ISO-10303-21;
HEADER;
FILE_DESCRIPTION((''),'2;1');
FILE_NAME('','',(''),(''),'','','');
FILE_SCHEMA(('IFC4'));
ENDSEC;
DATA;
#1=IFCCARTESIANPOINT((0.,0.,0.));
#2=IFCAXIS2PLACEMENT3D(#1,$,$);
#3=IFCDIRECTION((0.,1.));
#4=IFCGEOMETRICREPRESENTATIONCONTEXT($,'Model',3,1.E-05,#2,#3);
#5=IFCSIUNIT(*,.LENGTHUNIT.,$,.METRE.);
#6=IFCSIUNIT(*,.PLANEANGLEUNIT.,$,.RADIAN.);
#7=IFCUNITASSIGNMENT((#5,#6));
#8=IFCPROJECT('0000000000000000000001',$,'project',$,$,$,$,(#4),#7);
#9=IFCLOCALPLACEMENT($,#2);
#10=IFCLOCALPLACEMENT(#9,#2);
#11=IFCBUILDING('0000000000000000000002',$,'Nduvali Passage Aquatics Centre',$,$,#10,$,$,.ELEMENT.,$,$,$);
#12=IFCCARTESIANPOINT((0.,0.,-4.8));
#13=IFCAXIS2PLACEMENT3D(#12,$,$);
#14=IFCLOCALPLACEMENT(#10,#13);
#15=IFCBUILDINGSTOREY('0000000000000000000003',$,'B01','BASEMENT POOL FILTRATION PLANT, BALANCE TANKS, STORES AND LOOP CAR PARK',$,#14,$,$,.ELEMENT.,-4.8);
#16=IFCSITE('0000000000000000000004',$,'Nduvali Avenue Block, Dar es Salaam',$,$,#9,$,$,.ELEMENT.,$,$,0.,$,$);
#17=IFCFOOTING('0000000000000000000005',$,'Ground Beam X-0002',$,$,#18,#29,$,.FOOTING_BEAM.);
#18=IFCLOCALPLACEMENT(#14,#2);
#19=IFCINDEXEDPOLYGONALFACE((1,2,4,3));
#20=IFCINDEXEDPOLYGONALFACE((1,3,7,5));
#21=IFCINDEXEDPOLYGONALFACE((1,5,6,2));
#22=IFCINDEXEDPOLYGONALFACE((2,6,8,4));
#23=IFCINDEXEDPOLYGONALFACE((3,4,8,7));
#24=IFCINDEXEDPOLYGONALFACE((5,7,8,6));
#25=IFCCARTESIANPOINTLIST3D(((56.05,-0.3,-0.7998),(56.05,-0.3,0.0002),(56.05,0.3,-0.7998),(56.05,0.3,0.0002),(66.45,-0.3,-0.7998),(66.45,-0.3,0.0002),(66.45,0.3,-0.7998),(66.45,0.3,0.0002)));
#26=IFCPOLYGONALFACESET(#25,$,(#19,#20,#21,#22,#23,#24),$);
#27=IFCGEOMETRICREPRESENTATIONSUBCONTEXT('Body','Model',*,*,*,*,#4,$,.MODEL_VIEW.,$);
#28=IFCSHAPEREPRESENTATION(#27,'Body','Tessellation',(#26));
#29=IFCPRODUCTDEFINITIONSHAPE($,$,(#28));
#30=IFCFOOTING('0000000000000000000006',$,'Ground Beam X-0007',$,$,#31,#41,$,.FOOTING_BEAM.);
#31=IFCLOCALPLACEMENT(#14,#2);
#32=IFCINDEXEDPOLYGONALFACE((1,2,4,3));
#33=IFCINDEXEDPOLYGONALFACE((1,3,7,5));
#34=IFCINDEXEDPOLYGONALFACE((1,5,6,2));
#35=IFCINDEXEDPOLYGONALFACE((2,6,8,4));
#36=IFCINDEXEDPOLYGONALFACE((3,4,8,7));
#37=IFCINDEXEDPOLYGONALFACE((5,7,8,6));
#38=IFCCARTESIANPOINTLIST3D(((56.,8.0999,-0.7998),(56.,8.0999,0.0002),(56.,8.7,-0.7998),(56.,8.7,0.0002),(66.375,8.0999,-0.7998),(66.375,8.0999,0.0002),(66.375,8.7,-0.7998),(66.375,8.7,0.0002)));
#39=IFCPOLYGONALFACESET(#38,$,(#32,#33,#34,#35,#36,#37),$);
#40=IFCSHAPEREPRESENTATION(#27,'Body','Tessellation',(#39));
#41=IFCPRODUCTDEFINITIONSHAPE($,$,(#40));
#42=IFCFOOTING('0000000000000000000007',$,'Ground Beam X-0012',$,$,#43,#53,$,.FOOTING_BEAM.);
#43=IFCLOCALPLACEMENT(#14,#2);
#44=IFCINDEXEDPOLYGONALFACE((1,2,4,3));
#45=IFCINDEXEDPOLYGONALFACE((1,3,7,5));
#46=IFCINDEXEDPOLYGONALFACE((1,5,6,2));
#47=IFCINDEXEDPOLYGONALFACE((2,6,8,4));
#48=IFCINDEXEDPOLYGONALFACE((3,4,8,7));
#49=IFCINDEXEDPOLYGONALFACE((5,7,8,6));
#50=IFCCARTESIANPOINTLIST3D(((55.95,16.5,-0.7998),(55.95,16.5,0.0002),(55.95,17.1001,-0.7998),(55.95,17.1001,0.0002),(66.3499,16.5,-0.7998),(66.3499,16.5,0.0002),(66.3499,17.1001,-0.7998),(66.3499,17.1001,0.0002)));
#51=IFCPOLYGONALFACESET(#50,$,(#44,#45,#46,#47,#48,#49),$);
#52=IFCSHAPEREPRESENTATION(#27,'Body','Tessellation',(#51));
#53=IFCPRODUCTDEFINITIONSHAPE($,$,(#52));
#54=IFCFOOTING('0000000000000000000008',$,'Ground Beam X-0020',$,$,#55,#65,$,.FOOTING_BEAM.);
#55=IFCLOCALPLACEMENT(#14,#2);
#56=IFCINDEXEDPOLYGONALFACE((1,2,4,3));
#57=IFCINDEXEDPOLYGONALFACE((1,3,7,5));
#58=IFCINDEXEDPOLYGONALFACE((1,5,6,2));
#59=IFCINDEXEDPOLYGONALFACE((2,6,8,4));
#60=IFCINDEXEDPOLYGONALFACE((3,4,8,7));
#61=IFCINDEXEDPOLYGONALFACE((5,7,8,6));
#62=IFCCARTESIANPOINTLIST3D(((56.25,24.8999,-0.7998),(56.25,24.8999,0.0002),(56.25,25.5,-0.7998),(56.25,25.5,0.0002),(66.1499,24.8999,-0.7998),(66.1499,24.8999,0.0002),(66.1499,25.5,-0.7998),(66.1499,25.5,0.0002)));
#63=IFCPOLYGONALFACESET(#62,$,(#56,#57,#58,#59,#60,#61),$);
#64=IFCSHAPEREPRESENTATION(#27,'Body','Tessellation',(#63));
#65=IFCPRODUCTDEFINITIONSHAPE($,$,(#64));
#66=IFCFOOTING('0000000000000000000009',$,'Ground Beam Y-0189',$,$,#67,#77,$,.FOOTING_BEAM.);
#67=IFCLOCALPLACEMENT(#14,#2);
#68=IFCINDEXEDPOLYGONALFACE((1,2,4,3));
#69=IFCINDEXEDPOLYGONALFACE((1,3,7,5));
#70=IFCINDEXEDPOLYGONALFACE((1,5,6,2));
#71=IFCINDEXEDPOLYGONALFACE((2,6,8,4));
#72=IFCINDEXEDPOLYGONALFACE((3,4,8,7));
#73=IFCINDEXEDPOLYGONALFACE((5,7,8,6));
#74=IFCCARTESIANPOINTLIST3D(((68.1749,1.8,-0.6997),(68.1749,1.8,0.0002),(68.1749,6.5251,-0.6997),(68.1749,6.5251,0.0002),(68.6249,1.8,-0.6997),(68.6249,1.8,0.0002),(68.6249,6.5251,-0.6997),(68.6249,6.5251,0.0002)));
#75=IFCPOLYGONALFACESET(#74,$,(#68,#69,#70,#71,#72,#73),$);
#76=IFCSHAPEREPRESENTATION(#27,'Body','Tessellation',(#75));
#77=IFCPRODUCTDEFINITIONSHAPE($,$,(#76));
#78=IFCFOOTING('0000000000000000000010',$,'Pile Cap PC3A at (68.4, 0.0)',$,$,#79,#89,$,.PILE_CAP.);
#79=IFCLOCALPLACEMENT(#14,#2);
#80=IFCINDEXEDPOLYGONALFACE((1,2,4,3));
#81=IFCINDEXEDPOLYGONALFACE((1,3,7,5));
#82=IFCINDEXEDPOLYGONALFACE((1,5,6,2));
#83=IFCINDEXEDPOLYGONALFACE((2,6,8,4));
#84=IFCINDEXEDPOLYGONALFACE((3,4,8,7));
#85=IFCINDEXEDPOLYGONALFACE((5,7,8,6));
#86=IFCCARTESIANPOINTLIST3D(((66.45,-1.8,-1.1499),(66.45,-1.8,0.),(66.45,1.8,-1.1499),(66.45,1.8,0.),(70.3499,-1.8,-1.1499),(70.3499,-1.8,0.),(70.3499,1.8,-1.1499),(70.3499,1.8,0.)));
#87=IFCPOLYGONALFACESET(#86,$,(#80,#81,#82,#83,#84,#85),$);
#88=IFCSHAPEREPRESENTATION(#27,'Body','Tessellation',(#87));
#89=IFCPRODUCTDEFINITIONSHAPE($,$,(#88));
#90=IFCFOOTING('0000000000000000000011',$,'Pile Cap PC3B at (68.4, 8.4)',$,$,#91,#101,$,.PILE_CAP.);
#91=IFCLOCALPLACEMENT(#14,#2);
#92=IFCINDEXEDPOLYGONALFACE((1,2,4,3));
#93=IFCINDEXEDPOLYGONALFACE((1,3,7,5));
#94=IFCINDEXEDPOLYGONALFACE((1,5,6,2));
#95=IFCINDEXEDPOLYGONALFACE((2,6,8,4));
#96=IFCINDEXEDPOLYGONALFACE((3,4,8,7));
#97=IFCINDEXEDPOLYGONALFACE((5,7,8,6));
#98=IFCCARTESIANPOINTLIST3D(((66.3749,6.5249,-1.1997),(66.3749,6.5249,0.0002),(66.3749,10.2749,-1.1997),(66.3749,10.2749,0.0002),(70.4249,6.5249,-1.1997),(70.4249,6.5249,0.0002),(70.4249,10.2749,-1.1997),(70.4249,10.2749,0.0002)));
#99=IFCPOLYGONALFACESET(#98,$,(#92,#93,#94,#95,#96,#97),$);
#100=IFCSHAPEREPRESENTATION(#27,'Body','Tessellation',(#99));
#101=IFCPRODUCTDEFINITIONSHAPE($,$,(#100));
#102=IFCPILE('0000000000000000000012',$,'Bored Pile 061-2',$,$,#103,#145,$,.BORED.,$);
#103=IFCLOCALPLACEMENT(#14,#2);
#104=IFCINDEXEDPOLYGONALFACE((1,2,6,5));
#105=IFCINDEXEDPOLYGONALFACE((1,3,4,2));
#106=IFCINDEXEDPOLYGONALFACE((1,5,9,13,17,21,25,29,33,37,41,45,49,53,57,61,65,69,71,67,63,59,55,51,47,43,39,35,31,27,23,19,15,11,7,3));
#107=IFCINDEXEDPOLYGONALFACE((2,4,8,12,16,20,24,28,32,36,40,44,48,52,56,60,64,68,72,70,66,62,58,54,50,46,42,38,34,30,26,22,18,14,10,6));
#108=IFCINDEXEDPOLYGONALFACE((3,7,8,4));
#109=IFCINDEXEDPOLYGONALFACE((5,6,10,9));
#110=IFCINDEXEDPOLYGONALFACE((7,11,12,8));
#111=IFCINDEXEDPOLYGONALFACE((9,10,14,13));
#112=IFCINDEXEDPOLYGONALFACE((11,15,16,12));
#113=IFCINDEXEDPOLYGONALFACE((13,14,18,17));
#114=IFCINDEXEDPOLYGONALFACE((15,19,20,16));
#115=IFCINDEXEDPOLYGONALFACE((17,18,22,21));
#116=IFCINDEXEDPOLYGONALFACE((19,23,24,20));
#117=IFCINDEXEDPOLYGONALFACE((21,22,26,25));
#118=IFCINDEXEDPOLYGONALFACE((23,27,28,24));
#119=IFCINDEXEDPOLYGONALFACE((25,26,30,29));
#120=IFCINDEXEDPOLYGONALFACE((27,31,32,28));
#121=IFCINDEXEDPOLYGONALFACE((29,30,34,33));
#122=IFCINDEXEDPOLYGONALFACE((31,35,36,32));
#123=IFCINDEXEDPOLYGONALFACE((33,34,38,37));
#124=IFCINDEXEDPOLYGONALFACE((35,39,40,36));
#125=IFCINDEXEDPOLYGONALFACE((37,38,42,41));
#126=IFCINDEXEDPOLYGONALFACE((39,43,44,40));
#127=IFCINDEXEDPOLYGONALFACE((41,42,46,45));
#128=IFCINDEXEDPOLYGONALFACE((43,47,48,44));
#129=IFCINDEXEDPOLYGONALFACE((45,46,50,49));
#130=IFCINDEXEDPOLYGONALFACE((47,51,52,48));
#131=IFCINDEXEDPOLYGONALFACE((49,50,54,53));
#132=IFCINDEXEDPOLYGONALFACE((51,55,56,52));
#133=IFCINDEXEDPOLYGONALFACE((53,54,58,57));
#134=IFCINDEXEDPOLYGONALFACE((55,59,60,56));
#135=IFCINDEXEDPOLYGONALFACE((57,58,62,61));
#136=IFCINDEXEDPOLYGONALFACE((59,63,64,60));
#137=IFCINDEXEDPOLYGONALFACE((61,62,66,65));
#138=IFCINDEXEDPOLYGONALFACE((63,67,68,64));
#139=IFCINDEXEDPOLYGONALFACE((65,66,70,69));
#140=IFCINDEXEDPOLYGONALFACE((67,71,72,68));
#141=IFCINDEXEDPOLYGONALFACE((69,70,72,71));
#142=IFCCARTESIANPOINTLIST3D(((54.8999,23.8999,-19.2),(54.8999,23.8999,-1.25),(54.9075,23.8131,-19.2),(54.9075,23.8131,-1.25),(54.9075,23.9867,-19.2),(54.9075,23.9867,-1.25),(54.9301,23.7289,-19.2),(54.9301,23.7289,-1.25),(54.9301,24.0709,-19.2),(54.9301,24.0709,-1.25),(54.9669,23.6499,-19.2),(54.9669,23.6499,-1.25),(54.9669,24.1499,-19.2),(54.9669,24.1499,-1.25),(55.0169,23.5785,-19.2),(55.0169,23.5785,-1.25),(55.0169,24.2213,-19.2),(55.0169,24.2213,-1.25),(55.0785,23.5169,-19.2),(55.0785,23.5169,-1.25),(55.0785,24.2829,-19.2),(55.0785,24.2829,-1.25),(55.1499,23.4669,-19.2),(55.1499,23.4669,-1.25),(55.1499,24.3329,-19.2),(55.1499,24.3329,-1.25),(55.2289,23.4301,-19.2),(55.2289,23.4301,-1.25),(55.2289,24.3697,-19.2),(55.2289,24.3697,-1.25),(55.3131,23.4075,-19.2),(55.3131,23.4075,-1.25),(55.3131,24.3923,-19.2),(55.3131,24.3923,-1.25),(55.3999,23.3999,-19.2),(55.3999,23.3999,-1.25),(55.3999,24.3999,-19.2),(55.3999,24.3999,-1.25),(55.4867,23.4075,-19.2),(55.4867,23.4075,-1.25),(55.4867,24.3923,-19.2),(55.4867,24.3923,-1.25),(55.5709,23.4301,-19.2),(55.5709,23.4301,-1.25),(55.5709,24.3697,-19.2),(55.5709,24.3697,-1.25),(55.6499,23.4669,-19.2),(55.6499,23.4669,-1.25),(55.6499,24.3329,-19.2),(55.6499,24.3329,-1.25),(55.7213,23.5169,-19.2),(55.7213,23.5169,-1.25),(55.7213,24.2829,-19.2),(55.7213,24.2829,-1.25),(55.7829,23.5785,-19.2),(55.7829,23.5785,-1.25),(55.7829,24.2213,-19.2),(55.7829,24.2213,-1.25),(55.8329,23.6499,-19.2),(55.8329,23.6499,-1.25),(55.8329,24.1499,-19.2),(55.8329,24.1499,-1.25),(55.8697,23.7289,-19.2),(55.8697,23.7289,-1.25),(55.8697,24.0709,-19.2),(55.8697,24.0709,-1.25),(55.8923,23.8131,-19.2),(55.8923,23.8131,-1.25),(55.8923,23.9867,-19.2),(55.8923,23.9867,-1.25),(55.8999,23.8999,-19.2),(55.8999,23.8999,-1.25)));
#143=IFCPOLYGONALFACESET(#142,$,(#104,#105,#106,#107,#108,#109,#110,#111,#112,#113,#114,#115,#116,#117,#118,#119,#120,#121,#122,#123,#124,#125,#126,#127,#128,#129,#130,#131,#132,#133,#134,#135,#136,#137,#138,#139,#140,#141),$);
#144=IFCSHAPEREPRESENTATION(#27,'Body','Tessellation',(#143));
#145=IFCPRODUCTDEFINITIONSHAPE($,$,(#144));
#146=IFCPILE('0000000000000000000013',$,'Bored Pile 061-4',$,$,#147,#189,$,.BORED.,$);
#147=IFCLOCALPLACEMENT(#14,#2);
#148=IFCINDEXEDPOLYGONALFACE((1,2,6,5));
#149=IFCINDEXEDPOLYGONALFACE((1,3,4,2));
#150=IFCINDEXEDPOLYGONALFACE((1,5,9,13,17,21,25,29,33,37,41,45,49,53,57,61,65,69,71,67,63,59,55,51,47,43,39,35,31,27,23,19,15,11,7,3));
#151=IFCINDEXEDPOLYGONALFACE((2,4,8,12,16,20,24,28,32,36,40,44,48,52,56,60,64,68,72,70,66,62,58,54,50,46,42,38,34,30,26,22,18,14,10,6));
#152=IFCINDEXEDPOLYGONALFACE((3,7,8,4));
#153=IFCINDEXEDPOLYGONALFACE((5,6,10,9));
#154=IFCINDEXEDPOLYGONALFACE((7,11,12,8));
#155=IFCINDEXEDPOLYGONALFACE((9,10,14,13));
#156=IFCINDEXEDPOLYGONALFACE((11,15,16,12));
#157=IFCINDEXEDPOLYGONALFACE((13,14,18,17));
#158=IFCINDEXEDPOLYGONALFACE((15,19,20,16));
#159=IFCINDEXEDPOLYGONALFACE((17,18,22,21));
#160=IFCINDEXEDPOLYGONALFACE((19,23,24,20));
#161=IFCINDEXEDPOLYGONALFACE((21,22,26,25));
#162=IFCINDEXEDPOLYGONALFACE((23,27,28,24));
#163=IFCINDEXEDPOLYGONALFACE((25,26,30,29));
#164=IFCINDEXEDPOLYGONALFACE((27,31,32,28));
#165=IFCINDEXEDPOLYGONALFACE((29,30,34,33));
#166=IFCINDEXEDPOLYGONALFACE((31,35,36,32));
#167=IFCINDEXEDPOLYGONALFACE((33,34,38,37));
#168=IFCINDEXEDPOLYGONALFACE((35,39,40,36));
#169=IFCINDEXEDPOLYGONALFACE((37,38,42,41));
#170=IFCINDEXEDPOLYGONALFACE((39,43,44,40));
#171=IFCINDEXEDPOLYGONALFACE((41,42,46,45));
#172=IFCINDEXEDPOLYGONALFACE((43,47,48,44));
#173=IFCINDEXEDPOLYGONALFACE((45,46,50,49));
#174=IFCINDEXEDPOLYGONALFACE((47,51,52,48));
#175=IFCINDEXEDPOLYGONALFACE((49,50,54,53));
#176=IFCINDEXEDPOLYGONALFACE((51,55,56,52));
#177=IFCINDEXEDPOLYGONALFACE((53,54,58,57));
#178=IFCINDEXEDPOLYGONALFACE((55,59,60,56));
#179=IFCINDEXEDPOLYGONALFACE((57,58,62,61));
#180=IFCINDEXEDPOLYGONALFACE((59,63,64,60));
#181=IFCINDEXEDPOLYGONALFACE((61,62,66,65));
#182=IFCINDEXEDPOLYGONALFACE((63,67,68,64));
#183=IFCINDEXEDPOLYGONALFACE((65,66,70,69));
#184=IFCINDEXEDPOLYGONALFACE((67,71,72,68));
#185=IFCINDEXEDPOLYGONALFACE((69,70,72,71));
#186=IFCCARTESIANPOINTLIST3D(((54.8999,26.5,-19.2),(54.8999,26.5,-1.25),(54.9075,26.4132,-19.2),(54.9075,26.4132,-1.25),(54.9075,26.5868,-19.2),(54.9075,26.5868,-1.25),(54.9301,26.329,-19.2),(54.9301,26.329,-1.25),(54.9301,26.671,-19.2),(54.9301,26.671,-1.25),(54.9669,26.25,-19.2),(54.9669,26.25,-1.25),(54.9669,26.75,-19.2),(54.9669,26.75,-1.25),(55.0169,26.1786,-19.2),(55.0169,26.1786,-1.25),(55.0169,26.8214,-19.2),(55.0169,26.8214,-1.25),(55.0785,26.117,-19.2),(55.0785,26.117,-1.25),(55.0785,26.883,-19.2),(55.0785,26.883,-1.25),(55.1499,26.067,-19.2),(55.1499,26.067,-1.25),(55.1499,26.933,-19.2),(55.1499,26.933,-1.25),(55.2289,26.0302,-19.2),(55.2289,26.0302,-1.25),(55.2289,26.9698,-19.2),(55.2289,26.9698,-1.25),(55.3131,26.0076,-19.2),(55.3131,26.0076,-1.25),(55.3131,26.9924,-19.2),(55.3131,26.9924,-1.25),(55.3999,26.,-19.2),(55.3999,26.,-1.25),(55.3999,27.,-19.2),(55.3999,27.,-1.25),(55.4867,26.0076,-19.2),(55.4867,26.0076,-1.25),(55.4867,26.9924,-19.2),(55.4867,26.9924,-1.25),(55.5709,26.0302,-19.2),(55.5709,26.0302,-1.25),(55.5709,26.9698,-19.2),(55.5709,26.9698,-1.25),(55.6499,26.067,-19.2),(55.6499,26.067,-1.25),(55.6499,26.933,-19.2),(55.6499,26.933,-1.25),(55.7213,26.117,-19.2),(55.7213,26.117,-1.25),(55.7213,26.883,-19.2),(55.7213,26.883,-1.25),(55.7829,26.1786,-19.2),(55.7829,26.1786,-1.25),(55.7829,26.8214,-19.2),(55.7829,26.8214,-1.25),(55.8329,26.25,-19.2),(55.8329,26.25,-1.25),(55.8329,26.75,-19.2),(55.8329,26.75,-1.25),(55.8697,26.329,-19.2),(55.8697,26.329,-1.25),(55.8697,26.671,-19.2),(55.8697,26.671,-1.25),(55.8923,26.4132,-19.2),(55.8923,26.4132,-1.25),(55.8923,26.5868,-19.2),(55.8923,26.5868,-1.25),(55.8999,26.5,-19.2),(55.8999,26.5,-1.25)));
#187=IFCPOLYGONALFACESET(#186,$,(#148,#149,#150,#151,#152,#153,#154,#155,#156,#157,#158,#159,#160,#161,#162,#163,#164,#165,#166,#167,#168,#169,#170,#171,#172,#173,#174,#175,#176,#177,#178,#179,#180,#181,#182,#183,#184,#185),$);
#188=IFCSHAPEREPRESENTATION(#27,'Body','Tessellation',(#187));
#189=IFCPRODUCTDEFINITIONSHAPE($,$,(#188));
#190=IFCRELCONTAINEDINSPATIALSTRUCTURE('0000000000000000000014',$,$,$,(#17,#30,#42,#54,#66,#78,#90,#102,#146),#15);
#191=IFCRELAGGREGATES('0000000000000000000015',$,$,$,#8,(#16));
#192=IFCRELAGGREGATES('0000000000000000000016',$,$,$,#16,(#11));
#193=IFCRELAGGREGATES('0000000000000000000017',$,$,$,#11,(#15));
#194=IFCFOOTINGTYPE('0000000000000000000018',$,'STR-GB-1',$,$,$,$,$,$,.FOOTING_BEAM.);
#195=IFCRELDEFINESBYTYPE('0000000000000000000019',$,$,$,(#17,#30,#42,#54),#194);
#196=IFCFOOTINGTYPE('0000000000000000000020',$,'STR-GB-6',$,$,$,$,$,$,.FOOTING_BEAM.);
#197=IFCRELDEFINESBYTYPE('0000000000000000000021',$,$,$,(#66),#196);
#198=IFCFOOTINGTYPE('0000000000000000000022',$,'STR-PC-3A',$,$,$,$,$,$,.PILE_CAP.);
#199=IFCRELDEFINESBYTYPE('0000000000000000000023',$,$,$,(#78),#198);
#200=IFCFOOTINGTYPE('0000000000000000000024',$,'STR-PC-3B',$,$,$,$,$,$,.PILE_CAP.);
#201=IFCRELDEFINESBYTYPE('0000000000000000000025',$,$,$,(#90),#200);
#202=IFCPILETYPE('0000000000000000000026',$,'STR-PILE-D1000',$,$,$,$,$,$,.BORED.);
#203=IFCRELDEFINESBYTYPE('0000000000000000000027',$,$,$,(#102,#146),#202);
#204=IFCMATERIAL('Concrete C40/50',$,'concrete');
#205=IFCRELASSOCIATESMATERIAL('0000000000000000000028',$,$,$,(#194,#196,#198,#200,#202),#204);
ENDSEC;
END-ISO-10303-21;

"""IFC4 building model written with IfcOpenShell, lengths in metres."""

from ifc_helpers import new_model, si_unit, direction, frame, origin, origin_2d, place, context, subcontext, project, spatial, rectangle, circle, extrude, material, material_profile, profile_set, type_object, element, save


model = new_model("IFC4")

# Units and contexts
model_context = context("Model", 3, precision=1e-05, world=origin(), true_north=direction((0.0, 1.0)))
body_context = subcontext(model_context, "Body", "Model", "MODEL_VIEW")
ifc_project = project(units=[si_unit("LENGTHUNIT", "METRE"), si_unit("PLANEANGLEUNIT", "RADIAN")], contexts=[model_context])

# Site, building, storey
site_placement = place(None, origin())
site = spatial("IfcSite", under=ifc_project, at=site_placement, Name="Nduvali Avenue Block, Dar es Salaam", CompositionType="ELEMENT", RefElevation=0.0)
building_placement = place(site_placement, origin())
building = spatial("IfcBuilding", under=site, at=building_placement, Name="Nduvali Passage Aquatics Centre", CompositionType="ELEMENT")
storey_placement = place(building_placement, frame((0.0, 0.0, -4.8)))
storey = spatial("IfcBuildingStorey", under=building, at=storey_placement, Name="B01", Description="BASEMENT POOL FILTRATION PLANT, BALANCE TANKS, STORES AND LOOP CAR PARK", CompositionType="ELEMENT", Elevation=-4.8)

# Footings
ifc_material = material(Name="Concrete C40/50", Category="concrete")
footing_type_1 = type_object("IfcFootingType", Name="STR-GB-1", PredefinedType="FOOTING_BEAM", material=ifc_material)
footing_1_placement = place(storey_placement, frame((61.25, 0.0, -0.7998), z_axis=(0.0, 0.0, 1.0), x_axis=(1.0, 0.0, 0.0)))
element("IfcFooting", 1, at=footing_1_placement, inside=storey, type_object=footing_type_1, Name="Ground Beam X-0002", PredefinedType="FOOTING_BEAM", context=body_context, shape_type="SweptSolid", body=[
    extrude(rectangle(XDim=10.3999, YDim=0.6001, at=origin_2d()), origin(), (0.0, 0.0, 1.0), 0.8),
])
footing_2_placement = place(storey_placement, frame((61.1875, 8.3999, -0.7998), z_axis=(0.0, 0.0, 1.0), x_axis=(1.0, 0.0, 0.0)))
element("IfcFooting", 2, at=footing_2_placement, inside=storey, type_object=footing_type_1, Name="Ground Beam X-0007", PredefinedType="FOOTING_BEAM", context=body_context, shape_type="SweptSolid", body=[
    extrude(rectangle(XDim=10.375, YDim=0.6001, at=origin_2d()), origin(), (0.0, 0.0, 1.0), 0.8),
])
footing_3_placement = place(storey_placement, frame((61.1499, 16.8, -0.7998), z_axis=(0.0, 0.0, 1.0), x_axis=(1.0, 0.0, 0.0)))
element("IfcFooting", 3, at=footing_3_placement, inside=storey, type_object=footing_type_1, Name="Ground Beam X-0012", PredefinedType="FOOTING_BEAM", context=body_context, shape_type="SweptSolid", body=[
    extrude(rectangle(XDim=10.3999, YDim=0.6001, at=origin_2d()), origin(), (0.0, 0.0, 1.0), 0.8),
])
footing_4_placement = place(storey_placement, frame((61.2, 25.2, -0.7998), z_axis=(0.0, 0.0, 1.0), x_axis=(1.0, 0.0, 0.0)))
element("IfcFooting", 4, at=footing_4_placement, inside=storey, type_object=footing_type_1, Name="Ground Beam X-0020", PredefinedType="FOOTING_BEAM", context=body_context, shape_type="SweptSolid", body=[
    extrude(rectangle(XDim=9.8999, YDim=0.6001, at=origin_2d()), origin(), (0.0, 0.0, 1.0), 0.8),
])
footing_type_2 = type_object("IfcFootingType", Name="STR-GB-6", PredefinedType="FOOTING_BEAM", material=ifc_material)
footing_5_placement = place(storey_placement, frame((68.3999, 4.1626, -0.6997), z_axis=(0.0, 0.0, 1.0), x_axis=(0.0, 1.0, 0.0)))
element("IfcFooting", 5, at=footing_5_placement, inside=storey, type_object=footing_type_2, Name="Ground Beam Y-0189", PredefinedType="FOOTING_BEAM", context=body_context, shape_type="SweptSolid", body=[
    extrude(rectangle(XDim=4.7251, YDim=0.45, at=origin_2d()), origin(), (0.0, 0.0, 1.0), 0.7),
])
footing_type_3 = type_object("IfcFootingType", Name="STR-PC-3A", PredefinedType="PILE_CAP", material=ifc_material)
footing_6_placement = place(storey_placement, frame((68.3999, 0.0, -1.1499), z_axis=(0.0, 0.0, 1.0), x_axis=(1.0, 0.0, 0.0)))
element("IfcFooting", 6, at=footing_6_placement, inside=storey, type_object=footing_type_3, Name="Pile Cap PC3A at (68.4, 0.0)", PredefinedType="PILE_CAP", context=body_context, shape_type="SweptSolid", body=[
    extrude(rectangle(XDim=3.8999, YDim=3.6001, at=origin_2d()), origin(), (0.0, 0.0, 1.0), 1.1499),
])
footing_type_4 = type_object("IfcFootingType", Name="STR-PC-3B", PredefinedType="PILE_CAP", material=ifc_material)
footing_7_placement = place(storey_placement, frame((68.3999, 8.3999, -1.1997), z_axis=(0.0, 0.0, 1.0), x_axis=(1.0, 0.0, 0.0)))
element("IfcFooting", 7, at=footing_7_placement, inside=storey, type_object=footing_type_4, Name="Pile Cap PC3B at (68.4, 8.4)", PredefinedType="PILE_CAP", context=body_context, shape_type="SweptSolid", body=[
    extrude(rectangle(XDim=4.05, YDim=3.75, at=origin_2d()), origin(), (0.0, 0.0, 1.0), 1.2),
])

# Piles
ifc_material_profile_1 = material_profile(ifc_material, circle(Radius=0.5, at=origin_2d()), Name="PILE D1000")
ifc_profile_set_1 = profile_set([ifc_material_profile_1], Name="Concrete C40/50")
pile_type_1 = type_object("IfcPileType", Name="STR-PILE-D1000", PredefinedType="BORED", material=ifc_profile_set_1)
for number, where, z_axis, x_axis, name in (
    (8, (55.3999, 23.8999, -1.25), (0.0, 0.0, -1.0), (1.0, 0.0, 0.0), "Bored Pile 061-2"),
    (9, (55.3999, 26.5, -1.25), (0.0, 0.0, -1.0), (1.0, 0.0, 0.0), "Bored Pile 061-4"),
):
    element("IfcPile", number, at=place(storey_placement, frame(where, z_axis=z_axis, x_axis=x_axis)), inside=storey, type_object=pile_type_1, Name=name, PredefinedType="BORED", context=body_context, shape_type="SweptSolid", body=[
        extrude(circle(Radius=0.5, at=origin_2d()), origin(), (0.0, 0.0, 1.0), 17.95),
    ])

save(model, "model.ifc")
